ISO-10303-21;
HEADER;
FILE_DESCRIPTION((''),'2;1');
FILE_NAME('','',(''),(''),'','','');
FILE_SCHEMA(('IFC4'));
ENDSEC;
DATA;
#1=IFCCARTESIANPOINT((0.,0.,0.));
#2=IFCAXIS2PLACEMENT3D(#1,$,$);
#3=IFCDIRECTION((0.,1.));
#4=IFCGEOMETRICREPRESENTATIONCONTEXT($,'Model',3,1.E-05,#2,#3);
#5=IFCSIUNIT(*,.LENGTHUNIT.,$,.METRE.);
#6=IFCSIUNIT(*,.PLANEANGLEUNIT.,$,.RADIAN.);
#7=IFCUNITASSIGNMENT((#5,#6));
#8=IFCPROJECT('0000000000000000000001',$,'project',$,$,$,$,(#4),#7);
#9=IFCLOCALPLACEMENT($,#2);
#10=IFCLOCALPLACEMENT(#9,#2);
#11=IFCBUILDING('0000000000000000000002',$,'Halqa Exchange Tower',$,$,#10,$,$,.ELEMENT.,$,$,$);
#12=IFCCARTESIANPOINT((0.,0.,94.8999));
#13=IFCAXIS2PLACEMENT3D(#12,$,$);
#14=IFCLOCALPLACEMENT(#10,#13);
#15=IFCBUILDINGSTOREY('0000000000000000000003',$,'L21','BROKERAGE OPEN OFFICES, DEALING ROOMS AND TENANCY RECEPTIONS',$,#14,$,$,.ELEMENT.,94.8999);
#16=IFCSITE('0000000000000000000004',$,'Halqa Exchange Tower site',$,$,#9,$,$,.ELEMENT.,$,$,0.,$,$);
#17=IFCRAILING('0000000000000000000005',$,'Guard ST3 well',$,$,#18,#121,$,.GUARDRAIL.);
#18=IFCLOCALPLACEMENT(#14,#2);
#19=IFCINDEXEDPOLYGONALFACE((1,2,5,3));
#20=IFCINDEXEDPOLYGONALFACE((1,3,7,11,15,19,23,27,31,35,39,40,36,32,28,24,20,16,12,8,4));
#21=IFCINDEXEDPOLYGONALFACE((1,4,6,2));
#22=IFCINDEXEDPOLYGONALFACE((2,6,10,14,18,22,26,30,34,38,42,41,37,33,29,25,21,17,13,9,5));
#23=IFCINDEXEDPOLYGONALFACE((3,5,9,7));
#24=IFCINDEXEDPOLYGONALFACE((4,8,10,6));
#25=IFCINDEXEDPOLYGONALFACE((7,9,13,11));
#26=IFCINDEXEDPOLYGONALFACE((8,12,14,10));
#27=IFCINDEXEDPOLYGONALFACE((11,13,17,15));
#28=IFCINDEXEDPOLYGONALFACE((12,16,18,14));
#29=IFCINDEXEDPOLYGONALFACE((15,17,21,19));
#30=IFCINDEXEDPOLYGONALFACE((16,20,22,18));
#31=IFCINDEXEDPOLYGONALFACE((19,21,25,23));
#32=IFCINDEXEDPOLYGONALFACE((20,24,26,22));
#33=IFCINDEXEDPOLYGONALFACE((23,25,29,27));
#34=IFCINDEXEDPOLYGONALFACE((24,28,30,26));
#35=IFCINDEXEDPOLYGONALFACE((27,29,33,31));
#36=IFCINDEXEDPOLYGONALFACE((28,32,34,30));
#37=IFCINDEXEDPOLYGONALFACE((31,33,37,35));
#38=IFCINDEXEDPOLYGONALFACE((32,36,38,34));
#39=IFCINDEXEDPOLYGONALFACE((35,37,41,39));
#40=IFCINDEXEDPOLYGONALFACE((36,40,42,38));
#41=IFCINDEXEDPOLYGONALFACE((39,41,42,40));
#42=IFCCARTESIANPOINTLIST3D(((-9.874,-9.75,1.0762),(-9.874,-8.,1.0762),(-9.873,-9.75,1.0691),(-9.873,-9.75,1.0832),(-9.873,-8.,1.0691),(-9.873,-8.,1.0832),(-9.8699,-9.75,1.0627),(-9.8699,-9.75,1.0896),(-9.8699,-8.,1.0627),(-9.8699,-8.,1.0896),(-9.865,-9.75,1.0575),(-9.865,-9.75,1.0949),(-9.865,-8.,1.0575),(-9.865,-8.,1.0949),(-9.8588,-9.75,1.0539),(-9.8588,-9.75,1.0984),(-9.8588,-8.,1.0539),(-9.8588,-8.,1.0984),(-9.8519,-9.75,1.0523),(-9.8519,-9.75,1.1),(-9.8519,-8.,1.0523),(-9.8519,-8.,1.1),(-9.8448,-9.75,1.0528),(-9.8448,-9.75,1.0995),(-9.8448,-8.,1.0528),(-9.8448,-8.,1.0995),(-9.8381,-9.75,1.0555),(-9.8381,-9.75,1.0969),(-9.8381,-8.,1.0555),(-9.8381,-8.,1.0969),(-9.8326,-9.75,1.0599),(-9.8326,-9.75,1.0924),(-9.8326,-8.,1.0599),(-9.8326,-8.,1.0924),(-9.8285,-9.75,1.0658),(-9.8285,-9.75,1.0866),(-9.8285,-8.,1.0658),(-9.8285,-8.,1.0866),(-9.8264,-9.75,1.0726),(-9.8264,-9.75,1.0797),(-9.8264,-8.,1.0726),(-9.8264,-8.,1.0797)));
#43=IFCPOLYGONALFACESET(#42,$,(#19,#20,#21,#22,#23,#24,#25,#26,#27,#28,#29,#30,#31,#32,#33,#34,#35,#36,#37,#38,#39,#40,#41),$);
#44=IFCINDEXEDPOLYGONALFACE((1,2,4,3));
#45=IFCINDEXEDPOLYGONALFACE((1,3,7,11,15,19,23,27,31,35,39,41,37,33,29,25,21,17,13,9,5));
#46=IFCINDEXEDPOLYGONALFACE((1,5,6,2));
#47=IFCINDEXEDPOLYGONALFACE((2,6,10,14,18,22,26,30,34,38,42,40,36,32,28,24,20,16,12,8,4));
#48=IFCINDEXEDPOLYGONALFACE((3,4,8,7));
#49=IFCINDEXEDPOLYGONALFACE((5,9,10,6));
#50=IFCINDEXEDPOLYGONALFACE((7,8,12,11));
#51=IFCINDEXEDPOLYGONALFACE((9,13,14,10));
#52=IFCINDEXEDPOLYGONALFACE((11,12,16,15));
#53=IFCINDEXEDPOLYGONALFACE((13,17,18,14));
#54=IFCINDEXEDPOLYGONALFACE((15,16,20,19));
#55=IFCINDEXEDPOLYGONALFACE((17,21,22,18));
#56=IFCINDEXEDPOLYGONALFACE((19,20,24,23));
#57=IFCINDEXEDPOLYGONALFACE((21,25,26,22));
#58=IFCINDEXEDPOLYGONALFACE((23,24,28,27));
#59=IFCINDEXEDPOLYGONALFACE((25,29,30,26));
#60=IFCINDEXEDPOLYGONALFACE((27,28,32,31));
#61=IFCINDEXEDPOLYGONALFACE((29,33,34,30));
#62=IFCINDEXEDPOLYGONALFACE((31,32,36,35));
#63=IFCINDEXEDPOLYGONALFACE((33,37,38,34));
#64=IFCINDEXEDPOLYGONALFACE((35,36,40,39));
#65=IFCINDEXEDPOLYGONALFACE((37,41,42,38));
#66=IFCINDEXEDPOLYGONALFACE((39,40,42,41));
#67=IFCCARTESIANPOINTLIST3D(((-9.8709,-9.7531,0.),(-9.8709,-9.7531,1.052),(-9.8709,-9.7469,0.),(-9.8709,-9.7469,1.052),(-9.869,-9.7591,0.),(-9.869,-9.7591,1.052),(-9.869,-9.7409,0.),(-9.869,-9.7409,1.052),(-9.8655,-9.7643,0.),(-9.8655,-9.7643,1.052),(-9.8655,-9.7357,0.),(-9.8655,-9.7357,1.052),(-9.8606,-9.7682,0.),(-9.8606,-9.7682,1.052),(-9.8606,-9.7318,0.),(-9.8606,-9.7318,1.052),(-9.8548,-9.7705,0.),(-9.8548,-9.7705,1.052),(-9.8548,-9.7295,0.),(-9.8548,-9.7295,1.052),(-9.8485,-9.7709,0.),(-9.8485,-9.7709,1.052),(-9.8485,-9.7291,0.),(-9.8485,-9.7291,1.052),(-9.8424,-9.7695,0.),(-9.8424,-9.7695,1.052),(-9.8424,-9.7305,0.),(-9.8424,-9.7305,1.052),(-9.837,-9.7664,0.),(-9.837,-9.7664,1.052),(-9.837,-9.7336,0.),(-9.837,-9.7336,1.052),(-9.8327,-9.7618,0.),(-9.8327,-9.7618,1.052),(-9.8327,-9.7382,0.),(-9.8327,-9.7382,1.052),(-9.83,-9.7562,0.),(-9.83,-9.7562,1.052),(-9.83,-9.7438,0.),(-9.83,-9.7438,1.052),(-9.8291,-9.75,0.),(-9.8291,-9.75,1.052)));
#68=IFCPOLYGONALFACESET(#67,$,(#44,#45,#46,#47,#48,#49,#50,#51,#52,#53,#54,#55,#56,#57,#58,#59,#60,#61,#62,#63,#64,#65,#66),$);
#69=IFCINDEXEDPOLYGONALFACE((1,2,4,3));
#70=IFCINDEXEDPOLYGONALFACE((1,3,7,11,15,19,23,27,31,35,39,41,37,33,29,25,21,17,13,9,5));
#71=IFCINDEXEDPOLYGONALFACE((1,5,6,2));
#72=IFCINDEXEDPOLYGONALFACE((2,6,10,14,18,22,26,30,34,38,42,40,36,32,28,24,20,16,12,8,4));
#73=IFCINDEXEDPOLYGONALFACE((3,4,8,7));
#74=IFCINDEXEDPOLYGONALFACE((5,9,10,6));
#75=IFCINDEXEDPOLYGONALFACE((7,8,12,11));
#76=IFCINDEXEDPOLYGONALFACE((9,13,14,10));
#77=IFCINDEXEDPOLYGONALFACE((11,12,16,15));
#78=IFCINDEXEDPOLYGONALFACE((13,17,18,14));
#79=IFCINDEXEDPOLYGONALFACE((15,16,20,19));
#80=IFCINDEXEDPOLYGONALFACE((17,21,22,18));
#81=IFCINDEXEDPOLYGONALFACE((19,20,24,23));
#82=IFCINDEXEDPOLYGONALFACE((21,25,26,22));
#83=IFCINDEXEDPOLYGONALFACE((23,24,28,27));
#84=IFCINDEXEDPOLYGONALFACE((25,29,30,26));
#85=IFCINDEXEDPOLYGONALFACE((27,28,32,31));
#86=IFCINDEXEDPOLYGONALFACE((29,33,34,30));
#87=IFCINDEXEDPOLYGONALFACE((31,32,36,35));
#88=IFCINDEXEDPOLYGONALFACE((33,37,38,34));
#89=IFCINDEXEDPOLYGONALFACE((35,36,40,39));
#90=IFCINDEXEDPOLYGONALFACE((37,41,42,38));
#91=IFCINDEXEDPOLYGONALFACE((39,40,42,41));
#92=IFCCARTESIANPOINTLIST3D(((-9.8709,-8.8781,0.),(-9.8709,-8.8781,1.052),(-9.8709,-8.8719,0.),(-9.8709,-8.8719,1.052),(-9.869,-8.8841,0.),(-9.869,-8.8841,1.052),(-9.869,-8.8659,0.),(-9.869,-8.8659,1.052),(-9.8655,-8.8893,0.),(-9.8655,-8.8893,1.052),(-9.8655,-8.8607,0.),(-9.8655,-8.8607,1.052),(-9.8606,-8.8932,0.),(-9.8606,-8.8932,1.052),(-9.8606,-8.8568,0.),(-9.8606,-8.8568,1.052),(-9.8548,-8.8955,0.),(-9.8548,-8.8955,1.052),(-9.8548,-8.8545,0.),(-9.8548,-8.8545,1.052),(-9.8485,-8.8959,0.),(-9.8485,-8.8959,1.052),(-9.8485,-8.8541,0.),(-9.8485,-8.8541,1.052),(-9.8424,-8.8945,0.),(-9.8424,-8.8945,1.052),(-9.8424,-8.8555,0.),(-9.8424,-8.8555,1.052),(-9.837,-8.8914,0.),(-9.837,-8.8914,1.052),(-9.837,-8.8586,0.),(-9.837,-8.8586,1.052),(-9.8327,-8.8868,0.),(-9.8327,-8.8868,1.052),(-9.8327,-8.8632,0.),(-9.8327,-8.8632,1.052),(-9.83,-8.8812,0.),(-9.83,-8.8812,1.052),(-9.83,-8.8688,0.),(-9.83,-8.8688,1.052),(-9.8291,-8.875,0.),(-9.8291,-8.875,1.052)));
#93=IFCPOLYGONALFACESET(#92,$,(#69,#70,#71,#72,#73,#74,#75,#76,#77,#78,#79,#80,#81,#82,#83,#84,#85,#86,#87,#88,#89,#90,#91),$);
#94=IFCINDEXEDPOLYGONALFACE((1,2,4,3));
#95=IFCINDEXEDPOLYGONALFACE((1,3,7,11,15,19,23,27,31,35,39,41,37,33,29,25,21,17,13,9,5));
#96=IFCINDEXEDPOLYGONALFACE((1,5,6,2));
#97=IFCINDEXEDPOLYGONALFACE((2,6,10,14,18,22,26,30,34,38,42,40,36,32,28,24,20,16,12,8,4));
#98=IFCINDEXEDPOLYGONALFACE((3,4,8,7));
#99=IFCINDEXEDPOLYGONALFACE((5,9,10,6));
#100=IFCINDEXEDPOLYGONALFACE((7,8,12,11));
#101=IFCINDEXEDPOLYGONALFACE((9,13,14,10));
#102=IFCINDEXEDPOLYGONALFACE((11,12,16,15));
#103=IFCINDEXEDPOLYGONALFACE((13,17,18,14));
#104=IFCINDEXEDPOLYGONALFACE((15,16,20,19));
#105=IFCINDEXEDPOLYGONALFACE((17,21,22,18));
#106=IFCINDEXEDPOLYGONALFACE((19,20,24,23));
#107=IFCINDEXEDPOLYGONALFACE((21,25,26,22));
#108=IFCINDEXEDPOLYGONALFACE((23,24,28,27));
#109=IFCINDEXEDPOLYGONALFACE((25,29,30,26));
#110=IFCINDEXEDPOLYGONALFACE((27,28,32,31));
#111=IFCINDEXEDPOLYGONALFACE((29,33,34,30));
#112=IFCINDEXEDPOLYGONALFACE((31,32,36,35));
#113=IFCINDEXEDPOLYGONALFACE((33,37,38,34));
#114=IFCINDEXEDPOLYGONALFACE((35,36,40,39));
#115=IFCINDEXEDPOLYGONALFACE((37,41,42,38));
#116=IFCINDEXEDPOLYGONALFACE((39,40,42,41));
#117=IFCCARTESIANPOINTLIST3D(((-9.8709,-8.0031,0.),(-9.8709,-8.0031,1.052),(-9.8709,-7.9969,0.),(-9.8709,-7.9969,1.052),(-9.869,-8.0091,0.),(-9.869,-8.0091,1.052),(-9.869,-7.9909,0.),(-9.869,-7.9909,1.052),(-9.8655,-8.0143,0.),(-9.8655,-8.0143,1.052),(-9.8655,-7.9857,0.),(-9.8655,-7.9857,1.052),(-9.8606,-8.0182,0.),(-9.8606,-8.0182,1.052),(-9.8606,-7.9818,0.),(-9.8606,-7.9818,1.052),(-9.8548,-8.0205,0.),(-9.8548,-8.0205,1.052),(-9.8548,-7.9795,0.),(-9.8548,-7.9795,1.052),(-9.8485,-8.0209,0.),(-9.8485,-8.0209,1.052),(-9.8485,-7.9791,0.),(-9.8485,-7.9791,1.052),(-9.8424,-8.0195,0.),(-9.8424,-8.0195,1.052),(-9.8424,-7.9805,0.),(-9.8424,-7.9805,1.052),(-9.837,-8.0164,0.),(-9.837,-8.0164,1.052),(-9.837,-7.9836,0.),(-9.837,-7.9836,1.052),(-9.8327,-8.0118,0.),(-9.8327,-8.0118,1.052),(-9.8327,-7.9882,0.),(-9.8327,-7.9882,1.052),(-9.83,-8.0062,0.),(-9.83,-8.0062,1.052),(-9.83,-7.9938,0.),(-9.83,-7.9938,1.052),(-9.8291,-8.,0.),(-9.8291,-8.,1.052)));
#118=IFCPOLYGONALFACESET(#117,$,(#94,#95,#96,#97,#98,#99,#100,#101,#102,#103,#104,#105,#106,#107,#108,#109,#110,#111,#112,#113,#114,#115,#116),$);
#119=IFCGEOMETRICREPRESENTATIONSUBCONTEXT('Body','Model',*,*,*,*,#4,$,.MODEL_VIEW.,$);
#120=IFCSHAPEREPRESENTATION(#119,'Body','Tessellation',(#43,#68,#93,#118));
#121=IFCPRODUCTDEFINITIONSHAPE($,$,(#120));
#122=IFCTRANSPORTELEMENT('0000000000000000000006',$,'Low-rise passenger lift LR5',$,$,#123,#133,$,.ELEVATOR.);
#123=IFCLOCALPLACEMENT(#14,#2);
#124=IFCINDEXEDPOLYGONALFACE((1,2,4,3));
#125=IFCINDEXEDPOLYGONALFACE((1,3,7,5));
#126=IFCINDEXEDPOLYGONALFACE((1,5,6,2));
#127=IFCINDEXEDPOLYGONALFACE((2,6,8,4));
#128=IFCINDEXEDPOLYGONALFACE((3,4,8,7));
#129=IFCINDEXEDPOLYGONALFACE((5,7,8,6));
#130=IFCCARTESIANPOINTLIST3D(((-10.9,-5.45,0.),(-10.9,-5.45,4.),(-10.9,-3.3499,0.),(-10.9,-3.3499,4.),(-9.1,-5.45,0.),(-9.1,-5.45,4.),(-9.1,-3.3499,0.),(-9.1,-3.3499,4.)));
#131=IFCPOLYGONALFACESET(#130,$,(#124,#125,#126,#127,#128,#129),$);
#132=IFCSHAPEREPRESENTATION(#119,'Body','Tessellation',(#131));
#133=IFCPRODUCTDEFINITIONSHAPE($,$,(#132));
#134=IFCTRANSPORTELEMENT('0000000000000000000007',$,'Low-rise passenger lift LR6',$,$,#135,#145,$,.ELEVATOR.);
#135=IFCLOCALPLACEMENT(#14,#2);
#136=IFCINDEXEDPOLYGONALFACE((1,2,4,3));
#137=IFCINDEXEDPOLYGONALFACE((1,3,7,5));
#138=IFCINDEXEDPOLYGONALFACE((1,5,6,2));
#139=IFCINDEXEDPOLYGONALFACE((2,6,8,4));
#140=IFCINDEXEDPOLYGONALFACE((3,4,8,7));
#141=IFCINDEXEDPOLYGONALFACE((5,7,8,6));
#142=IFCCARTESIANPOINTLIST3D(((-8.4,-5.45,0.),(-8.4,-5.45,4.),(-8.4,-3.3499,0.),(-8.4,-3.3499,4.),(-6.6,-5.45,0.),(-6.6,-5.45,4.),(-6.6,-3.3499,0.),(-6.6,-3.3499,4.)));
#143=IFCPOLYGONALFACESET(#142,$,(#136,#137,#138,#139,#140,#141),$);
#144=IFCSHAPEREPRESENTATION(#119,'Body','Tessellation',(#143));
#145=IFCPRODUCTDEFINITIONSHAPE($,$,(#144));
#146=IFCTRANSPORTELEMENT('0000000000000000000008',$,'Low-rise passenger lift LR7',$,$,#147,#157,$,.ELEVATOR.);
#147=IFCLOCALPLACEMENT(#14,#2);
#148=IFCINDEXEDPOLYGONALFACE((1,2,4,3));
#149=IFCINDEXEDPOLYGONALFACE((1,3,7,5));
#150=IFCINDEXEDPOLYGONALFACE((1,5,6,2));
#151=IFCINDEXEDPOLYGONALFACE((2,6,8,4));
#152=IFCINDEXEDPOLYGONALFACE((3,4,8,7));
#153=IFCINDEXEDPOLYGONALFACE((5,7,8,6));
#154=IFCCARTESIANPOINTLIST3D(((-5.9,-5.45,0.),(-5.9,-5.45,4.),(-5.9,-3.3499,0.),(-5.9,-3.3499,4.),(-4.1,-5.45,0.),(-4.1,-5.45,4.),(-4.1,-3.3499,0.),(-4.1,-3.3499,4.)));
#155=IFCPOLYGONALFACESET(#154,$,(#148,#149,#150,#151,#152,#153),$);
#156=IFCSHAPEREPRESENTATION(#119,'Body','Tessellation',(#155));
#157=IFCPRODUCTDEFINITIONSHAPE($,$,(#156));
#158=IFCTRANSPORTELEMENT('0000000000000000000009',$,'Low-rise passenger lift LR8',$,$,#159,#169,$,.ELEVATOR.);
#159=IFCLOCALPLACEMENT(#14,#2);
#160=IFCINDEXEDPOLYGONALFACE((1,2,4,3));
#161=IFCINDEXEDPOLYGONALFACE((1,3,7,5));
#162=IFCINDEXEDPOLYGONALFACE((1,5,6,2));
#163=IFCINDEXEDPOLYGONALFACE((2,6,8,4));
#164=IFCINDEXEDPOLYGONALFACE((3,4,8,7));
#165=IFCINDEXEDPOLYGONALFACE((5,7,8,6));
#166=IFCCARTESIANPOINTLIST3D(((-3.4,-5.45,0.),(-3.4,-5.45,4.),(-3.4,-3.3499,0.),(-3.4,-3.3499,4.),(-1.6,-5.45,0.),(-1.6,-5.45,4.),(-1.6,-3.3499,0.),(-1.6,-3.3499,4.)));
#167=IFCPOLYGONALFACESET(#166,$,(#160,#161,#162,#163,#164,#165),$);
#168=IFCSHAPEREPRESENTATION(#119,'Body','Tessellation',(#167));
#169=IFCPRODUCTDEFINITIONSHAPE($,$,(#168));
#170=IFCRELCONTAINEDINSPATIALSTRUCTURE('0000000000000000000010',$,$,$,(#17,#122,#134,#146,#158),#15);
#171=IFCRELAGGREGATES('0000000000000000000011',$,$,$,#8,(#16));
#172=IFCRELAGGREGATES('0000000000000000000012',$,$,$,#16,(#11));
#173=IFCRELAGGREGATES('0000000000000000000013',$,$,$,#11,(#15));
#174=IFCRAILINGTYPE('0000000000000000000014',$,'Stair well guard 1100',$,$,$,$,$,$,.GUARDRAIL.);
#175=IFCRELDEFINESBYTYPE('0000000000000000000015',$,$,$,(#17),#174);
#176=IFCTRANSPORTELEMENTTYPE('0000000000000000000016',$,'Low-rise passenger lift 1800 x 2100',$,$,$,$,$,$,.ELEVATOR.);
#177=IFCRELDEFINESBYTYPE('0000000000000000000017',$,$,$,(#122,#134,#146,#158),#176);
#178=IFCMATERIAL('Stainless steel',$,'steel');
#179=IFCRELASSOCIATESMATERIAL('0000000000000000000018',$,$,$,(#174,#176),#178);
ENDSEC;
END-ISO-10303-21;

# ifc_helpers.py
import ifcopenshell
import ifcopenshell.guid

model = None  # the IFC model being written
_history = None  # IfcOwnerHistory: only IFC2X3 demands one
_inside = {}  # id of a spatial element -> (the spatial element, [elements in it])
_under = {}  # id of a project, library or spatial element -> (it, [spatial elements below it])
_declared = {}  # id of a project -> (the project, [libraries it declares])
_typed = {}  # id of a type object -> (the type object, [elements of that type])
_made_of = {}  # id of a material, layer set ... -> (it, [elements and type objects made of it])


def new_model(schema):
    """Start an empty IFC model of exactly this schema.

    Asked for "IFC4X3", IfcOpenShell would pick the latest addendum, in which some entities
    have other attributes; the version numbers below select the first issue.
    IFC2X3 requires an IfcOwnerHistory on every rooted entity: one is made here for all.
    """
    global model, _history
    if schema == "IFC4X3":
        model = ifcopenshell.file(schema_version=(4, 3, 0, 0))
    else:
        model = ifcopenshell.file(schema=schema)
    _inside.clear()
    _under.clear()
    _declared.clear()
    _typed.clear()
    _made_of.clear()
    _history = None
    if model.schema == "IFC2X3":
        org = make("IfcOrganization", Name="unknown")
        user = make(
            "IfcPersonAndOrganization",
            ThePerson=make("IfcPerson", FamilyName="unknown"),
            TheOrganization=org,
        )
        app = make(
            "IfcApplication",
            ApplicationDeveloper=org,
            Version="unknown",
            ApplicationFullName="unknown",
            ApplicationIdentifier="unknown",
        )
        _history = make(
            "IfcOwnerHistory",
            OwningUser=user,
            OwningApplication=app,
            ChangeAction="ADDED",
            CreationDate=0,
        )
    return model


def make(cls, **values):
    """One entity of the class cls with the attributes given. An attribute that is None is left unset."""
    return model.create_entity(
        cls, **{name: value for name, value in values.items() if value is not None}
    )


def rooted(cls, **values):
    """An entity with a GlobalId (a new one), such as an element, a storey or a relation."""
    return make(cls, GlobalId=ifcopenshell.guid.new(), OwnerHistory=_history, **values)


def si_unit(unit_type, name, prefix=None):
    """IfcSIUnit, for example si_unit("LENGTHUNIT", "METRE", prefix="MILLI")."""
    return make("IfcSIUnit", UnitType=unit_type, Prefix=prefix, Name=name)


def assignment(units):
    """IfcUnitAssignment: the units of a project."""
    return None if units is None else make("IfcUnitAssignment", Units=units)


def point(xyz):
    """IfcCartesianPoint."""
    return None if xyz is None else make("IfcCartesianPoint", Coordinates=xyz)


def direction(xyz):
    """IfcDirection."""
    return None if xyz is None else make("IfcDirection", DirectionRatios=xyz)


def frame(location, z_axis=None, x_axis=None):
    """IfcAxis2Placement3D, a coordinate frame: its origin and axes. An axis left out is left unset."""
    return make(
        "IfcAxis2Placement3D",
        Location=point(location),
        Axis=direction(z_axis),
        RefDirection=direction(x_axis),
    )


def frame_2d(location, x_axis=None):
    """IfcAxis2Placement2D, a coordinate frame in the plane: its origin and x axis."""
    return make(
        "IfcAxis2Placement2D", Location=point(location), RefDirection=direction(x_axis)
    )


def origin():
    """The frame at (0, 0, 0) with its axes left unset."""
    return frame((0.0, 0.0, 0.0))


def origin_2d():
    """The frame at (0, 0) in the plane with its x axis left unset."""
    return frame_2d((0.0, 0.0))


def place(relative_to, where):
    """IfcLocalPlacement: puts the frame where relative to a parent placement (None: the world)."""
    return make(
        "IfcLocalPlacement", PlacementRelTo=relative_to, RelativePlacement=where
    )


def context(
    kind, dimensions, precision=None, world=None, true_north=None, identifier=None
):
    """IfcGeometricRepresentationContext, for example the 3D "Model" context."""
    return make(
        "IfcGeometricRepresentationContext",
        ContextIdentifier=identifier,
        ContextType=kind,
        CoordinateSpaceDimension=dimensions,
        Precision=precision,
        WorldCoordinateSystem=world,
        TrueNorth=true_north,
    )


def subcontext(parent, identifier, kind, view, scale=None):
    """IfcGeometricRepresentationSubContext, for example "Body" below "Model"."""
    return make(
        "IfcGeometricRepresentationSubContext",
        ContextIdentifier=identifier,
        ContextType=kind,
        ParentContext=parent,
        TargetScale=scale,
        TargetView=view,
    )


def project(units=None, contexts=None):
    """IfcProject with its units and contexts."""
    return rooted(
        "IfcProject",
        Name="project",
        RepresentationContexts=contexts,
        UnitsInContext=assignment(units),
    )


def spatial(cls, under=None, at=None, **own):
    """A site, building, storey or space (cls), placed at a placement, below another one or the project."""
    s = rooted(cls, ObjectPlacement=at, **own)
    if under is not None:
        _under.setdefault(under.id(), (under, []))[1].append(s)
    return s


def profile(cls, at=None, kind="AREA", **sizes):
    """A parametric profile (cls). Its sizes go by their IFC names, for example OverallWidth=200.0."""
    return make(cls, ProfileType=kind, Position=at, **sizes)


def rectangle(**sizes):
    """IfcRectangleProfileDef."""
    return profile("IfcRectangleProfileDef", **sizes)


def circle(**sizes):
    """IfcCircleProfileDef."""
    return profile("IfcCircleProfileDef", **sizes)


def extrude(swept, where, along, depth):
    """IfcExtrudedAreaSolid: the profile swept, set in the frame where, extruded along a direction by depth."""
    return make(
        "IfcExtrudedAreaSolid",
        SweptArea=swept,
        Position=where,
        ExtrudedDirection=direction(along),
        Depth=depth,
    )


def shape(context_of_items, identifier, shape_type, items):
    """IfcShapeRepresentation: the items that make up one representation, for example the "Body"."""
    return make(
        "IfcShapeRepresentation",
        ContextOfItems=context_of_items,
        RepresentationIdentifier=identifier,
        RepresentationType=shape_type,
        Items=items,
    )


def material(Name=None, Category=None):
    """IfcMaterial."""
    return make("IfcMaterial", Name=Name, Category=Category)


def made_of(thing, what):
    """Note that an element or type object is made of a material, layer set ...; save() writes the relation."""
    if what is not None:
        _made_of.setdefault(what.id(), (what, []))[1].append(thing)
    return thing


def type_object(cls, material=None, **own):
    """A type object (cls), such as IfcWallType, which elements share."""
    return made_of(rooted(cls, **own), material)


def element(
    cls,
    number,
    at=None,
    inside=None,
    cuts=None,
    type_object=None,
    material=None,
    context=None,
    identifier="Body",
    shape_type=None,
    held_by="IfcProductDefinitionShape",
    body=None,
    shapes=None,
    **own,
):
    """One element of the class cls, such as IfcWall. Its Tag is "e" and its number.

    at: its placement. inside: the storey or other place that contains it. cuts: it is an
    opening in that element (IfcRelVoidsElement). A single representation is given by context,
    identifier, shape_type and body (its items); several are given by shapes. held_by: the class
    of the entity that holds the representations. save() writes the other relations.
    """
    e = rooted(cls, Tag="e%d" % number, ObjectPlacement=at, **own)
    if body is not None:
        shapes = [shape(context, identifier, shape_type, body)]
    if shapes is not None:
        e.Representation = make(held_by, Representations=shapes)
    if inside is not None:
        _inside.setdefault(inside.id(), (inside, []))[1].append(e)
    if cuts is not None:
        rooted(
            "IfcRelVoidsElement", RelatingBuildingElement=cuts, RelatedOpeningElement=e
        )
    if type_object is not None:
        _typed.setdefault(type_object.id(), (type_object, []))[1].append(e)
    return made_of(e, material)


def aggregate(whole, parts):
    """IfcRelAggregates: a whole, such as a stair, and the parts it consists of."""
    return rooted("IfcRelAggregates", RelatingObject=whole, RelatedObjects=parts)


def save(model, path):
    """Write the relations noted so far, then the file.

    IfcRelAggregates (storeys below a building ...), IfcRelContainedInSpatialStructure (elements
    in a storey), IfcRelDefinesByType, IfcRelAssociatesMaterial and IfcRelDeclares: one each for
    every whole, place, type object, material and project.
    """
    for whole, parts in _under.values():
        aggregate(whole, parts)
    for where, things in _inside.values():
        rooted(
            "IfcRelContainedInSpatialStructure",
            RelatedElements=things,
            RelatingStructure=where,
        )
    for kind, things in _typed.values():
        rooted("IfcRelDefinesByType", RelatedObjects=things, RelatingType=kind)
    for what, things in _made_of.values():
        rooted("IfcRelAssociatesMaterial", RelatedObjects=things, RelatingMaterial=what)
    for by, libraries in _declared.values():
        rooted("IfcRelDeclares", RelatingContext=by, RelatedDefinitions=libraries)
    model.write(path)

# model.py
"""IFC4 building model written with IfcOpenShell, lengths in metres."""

from ifc_helpers import new_model, si_unit, direction, frame, origin, origin_2d, place, context, subcontext, project, spatial, rectangle, circle, extrude, material, type_object, element, save


model = new_model("IFC4")

# Units and contexts
model_context = context("Model", 3, precision=1e-05, world=origin(), true_north=direction((0.0, 1.0)))
body_context = subcontext(model_context, "Body", "Model", "MODEL_VIEW")
ifc_project = project(units=[si_unit("LENGTHUNIT", "METRE"), si_unit("PLANEANGLEUNIT", "RADIAN")], contexts=[model_context])

# Site, building, storey
site_placement = place(None, origin())
site = spatial("IfcSite", under=ifc_project, at=site_placement, Name="Halqa Exchange Tower site", CompositionType="ELEMENT", RefElevation=0.0)
building_placement = place(site_placement, origin())
building = spatial("IfcBuilding", under=site, at=building_placement, Name="Halqa Exchange Tower", CompositionType="ELEMENT")
storey_placement = place(building_placement, frame((0.0, 0.0, 94.8999)))
storey = spatial("IfcBuildingStorey", under=building, at=storey_placement, Name="L21", Description="BROKERAGE OPEN OFFICES, DEALING ROOMS AND TENANCY RECEPTIONS", CompositionType="ELEMENT", Elevation=94.8999)

# Shared definitions
ifc_material_1 = material(Name="Stainless steel", Category="steel")

# Railing
railing_type_1 = type_object("IfcRailingType", Name="Stair well guard 1100", PredefinedType="GUARDRAIL", material=ifc_material_1)
railing_1_placement = place(storey_placement, frame((-9.8501, -9.75, 0.0)))
element("IfcRailing", 1, at=railing_1_placement, inside=storey, type_object=railing_type_1, Name="Guard ST3 well", PredefinedType="GUARDRAIL", context=body_context, shape_type="SweptSolid", body=[
    extrude(circle(Radius=0.0239, at=origin_2d()), frame((0.0, 0.0, 1.0762), z_axis=(0.0, 1.0, 0.0), x_axis=(-1.0, 0.0, 0.0)), (0.0, 0.0, 1.0), 1.75),
    extrude(circle(Radius=0.021, at=origin_2d()), origin(), (0.0, 0.0, 1.0), 1.052),
    extrude(circle(Radius=0.021, at=origin_2d()), frame((0.0, 0.875, 0.0)), (0.0, 0.0, 1.0), 1.052),
    extrude(circle(Radius=0.021, at=origin_2d()), frame((0.0, 1.75, 0.0)), (0.0, 0.0, 1.0), 1.052),
])

# Transport elements
transport_element_type = type_object("IfcTransportElementType", Name="Low-rise passenger lift 1800 x 2100", PredefinedType="ELEVATOR", material=ifc_material_1)
for number, where, z_axis, x_axis, name in (
    (2, (-10.0, -4.3999, 0.0), (0.0, 0.0, 1.0), (1.0, 0.0, 0.0), "Low-rise passenger lift LR5"),
    (3, (-7.5, -4.3999, 0.0), (0.0, 0.0, 1.0), (1.0, 0.0, 0.0), "Low-rise passenger lift LR6"),
    (4, (-5.0, -4.3999, 0.0), (0.0, 0.0, 1.0), (1.0, 0.0, 0.0), "Low-rise passenger lift LR7"),
    (5, (-2.5, -4.3999, 0.0), (0.0, 0.0, 1.0), (1.0, 0.0, 0.0), "Low-rise passenger lift LR8"),
):
    element("IfcTransportElement", number, at=place(storey_placement, frame(where, z_axis=z_axis, x_axis=x_axis)), inside=storey, type_object=transport_element_type, Name=name, PredefinedType="ELEVATOR", context=body_context, shape_type="SweptSolid", body=[
        extrude(rectangle(XDim=1.8, YDim=2.1001, at=origin_2d()), origin(), (0.0, 0.0, 1.0), 4.0),
    ])

save(model, "model.ifc")
